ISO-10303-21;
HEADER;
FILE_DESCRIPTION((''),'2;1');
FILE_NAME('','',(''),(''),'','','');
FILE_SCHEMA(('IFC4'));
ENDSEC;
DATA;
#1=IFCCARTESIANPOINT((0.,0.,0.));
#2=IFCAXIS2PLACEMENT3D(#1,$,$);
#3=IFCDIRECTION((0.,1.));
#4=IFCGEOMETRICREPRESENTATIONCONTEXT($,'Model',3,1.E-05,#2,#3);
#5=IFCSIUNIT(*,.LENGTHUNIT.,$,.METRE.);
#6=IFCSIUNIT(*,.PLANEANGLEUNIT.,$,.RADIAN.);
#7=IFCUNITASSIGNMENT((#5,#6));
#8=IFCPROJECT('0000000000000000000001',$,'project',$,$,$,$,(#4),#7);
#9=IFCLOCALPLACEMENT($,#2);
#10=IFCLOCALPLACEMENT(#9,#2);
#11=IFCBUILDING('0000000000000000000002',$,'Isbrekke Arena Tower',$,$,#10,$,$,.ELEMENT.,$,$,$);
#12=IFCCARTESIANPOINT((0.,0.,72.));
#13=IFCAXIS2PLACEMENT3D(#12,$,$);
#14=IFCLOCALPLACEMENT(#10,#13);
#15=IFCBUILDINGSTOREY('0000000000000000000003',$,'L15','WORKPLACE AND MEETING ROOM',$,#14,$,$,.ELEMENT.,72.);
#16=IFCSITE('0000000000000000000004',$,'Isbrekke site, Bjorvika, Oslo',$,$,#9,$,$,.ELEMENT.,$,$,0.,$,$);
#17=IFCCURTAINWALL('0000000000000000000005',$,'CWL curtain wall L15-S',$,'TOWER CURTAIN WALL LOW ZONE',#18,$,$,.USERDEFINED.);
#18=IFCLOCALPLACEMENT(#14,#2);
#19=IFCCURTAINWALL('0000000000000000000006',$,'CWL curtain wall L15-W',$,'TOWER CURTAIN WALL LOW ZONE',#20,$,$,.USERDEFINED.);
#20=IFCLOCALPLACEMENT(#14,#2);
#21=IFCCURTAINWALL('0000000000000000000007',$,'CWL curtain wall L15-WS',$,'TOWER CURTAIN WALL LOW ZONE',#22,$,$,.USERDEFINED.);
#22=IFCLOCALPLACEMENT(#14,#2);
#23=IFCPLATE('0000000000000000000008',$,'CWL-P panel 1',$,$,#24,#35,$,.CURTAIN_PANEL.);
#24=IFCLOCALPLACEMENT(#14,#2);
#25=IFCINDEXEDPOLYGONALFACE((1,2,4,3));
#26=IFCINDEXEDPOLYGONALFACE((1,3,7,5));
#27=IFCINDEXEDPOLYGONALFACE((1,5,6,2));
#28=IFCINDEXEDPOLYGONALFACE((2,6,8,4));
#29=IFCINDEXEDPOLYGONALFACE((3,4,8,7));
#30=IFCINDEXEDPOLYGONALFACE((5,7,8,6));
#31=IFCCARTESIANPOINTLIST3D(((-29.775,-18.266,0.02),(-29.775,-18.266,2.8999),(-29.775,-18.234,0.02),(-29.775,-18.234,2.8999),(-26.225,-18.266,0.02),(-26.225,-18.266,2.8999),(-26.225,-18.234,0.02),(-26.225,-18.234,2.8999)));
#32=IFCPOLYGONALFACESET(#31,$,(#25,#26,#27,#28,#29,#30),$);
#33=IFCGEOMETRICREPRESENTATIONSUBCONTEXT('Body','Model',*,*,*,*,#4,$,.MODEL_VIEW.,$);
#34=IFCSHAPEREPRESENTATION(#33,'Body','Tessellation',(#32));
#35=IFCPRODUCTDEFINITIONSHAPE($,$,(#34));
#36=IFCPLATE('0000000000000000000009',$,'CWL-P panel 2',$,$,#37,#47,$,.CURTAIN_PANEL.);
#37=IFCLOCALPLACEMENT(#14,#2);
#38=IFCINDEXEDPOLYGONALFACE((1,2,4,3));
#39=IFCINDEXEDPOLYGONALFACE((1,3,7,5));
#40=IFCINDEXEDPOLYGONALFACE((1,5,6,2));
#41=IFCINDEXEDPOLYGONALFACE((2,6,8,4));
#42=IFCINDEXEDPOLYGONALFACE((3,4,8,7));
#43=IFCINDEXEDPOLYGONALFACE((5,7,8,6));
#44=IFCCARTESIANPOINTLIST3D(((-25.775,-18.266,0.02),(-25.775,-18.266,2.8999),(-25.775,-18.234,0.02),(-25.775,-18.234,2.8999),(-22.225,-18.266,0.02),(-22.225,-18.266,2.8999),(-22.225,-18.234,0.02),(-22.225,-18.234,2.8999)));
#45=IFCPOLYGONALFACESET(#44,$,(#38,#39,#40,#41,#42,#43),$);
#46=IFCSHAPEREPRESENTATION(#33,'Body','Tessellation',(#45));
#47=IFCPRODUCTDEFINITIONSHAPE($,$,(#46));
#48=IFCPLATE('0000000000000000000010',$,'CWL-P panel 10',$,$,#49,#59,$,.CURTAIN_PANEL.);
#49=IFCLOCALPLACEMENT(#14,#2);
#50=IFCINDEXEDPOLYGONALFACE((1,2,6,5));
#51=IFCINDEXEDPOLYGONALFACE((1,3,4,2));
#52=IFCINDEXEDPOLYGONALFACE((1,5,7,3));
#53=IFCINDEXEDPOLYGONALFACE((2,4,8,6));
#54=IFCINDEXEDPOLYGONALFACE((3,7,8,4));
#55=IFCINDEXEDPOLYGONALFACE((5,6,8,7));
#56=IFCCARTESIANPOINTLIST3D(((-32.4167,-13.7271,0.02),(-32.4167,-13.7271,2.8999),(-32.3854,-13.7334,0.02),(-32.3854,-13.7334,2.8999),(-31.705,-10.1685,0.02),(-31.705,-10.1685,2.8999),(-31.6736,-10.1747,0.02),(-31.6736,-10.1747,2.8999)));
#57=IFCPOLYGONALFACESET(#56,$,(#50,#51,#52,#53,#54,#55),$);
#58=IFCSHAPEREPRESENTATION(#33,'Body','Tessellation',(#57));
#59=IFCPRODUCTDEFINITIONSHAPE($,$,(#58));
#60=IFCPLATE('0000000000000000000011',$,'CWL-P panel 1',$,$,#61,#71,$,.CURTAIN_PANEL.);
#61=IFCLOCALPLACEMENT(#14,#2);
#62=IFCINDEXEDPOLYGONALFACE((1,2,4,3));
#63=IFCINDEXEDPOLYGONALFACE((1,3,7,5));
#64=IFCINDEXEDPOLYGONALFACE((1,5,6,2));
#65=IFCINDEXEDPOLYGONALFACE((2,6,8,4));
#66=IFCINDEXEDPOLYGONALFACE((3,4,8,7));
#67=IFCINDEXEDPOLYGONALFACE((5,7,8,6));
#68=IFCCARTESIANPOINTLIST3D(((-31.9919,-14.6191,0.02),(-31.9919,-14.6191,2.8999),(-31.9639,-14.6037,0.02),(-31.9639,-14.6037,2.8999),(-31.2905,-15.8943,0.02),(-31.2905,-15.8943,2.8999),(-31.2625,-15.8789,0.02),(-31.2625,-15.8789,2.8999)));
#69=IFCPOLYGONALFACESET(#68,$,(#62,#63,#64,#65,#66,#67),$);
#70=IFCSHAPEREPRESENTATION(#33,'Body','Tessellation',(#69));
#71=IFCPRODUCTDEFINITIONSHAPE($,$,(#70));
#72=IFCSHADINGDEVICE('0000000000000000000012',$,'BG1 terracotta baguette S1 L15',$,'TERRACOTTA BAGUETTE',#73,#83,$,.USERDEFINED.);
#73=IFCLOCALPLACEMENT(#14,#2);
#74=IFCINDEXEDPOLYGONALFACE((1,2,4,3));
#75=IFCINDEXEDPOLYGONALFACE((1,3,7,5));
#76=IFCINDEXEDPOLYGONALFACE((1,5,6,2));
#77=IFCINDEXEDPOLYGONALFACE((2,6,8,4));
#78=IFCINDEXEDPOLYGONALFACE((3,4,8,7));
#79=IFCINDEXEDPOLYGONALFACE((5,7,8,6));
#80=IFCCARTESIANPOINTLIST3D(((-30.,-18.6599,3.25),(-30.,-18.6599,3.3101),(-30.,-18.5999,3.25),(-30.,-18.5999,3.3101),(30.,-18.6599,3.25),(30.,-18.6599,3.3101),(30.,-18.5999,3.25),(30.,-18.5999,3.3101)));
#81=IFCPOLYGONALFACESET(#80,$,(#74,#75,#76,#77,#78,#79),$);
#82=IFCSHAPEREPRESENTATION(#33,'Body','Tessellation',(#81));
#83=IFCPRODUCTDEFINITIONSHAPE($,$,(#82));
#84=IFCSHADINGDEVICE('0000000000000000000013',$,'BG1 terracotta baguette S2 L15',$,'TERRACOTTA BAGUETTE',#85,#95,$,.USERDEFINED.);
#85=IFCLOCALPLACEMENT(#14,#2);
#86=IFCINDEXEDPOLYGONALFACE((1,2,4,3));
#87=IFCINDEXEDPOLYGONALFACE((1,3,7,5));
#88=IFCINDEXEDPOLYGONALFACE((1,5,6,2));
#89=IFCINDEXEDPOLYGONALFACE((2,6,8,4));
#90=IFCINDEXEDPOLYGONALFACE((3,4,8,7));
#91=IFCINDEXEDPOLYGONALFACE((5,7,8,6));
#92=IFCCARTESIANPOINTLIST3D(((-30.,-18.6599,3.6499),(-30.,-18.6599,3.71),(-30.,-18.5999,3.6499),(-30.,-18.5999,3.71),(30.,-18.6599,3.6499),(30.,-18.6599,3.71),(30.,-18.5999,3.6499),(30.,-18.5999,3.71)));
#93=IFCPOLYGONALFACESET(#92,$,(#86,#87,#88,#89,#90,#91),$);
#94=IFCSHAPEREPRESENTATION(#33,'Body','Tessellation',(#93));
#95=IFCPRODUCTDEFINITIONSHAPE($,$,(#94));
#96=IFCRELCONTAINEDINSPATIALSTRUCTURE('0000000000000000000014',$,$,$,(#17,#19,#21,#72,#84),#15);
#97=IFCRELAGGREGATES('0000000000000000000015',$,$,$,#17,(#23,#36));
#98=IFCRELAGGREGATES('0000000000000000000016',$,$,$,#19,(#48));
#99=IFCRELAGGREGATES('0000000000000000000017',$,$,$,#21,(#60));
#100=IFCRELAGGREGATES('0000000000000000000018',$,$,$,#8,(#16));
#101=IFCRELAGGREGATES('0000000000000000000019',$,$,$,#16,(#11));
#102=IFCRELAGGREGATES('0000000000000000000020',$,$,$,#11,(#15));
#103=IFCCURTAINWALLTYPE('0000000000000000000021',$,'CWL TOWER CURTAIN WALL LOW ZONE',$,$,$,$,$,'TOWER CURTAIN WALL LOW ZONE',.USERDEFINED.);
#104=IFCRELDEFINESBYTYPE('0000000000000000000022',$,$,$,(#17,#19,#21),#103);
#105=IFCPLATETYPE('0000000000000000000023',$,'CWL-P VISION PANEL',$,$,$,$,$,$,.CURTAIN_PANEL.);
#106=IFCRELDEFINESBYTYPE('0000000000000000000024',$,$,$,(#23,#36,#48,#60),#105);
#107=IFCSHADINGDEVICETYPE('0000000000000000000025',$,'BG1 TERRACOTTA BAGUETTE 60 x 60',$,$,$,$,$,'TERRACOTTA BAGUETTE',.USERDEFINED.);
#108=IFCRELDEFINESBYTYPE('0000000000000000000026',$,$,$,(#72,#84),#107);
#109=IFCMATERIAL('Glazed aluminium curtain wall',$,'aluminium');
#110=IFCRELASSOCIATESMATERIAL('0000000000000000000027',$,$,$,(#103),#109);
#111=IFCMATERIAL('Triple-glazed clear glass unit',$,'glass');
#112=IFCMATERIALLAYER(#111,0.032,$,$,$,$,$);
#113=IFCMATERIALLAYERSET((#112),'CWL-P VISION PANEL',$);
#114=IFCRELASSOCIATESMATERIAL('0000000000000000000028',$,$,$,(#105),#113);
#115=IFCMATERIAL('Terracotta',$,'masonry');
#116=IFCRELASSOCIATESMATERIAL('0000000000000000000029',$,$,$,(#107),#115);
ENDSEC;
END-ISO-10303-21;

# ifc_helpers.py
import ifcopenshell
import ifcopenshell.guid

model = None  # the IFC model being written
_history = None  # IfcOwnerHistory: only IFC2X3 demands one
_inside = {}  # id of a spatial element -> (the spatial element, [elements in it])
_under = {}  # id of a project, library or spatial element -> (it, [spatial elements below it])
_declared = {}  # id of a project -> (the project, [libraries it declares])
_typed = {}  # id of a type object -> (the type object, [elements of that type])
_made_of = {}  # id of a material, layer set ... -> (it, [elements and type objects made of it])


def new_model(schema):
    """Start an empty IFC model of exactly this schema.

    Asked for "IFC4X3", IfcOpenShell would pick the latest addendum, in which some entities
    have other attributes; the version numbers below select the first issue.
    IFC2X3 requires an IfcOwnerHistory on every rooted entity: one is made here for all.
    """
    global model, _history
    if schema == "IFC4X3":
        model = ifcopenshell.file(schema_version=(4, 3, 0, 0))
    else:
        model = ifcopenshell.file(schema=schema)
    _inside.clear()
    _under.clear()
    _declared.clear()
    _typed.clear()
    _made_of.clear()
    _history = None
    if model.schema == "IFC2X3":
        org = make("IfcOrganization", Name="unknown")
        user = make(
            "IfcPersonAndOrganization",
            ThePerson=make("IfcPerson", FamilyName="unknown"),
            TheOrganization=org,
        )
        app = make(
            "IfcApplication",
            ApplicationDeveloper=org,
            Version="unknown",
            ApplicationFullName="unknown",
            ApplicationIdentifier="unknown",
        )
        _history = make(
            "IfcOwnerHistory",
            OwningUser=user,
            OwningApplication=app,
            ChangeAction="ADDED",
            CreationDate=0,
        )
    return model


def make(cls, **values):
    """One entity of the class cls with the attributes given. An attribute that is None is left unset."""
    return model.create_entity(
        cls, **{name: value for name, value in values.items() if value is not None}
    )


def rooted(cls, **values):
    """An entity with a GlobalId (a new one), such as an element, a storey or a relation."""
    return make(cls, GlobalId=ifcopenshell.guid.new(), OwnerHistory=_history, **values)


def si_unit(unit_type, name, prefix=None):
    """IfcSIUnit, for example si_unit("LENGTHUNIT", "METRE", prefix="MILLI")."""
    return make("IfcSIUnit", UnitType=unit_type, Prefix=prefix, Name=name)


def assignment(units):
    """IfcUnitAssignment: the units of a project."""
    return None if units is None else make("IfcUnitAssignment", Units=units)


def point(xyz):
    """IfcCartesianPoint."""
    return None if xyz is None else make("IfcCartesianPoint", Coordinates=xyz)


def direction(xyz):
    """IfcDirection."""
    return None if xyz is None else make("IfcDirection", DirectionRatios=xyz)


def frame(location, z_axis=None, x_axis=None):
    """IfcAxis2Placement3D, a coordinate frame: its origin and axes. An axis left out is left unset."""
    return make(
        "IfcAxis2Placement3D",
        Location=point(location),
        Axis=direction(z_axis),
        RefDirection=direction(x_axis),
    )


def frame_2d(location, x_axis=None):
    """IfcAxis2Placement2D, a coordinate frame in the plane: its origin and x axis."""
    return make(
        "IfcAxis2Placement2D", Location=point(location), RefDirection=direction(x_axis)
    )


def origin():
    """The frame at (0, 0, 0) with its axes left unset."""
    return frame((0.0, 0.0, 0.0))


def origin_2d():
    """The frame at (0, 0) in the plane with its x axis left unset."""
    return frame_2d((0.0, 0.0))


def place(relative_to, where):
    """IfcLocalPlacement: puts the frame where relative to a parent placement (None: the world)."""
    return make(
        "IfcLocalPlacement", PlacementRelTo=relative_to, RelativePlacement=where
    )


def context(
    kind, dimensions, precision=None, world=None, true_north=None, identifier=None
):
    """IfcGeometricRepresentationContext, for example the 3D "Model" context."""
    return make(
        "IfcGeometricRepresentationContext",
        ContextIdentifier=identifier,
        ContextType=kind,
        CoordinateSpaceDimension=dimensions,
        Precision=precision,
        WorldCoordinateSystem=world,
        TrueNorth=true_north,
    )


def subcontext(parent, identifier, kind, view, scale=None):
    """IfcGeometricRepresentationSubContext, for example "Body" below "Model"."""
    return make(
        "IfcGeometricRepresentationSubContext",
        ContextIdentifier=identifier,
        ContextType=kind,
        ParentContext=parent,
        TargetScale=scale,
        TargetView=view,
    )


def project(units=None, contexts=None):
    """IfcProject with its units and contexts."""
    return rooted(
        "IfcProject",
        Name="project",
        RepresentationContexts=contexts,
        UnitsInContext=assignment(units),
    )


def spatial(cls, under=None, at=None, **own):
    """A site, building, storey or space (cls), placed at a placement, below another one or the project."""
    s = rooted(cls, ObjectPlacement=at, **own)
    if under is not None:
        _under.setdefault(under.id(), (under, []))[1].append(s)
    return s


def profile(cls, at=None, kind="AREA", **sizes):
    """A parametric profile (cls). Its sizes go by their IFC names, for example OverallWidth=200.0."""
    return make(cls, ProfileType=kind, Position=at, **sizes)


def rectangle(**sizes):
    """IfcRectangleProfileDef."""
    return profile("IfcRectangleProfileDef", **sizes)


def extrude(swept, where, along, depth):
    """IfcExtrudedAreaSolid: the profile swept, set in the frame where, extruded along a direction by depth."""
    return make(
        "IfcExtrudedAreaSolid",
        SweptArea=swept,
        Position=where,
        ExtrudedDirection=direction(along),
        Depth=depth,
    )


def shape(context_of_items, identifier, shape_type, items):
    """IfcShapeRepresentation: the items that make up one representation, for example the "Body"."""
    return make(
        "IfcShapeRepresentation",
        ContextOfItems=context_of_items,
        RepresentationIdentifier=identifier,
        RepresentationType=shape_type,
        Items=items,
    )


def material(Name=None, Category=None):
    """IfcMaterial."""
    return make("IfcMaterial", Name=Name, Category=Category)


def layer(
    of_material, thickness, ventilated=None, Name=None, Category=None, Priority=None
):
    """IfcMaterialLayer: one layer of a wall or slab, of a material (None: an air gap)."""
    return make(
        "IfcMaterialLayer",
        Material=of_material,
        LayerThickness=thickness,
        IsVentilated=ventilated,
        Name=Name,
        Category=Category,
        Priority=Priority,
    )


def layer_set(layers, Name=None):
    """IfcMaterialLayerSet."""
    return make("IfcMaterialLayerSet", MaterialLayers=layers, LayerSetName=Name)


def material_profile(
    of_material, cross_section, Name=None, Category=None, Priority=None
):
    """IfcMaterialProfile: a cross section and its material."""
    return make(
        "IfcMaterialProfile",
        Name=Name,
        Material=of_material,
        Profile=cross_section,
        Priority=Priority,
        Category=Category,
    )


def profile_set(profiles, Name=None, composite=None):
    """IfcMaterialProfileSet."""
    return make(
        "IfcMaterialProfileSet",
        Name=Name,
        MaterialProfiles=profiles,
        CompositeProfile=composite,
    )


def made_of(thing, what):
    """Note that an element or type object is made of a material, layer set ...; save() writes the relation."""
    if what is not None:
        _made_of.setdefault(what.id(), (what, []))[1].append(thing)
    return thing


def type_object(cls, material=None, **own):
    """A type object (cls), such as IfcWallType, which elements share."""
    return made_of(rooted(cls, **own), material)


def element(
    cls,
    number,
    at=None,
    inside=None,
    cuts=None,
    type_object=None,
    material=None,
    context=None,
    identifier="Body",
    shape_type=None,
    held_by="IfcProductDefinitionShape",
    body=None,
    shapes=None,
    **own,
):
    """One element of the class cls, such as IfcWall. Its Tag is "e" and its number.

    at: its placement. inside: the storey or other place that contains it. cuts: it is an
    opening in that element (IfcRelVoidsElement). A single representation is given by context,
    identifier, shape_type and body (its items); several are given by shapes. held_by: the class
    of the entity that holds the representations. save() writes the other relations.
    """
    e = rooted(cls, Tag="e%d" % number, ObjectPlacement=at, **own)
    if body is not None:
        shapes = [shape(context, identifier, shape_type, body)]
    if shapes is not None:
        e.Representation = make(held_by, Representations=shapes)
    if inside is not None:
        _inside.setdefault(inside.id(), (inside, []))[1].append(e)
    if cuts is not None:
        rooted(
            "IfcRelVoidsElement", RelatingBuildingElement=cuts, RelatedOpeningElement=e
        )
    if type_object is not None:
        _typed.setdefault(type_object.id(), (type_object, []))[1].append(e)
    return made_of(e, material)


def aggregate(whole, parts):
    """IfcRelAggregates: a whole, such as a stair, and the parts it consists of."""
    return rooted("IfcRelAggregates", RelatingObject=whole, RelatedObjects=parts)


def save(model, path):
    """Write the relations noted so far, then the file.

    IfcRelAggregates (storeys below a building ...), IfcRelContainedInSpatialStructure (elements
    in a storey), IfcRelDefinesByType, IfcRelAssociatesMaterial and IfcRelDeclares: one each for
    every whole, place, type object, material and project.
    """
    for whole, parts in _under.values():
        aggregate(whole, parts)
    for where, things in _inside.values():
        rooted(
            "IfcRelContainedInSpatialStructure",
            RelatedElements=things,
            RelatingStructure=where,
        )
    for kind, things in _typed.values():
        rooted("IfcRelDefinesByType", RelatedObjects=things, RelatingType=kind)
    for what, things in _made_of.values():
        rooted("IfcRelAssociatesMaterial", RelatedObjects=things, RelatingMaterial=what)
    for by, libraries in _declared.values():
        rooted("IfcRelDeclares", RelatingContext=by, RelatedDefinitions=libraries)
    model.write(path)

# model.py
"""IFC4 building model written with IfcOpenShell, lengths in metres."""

from ifc_helpers import new_model, si_unit, direction, frame, origin, origin_2d, place, context, subcontext, project, spatial, rectangle, extrude, material, layer, layer_set, material_profile, profile_set, type_object, element, aggregate, save


model = new_model("IFC4")

# Units and contexts
model_context = context("Model", 3, precision=1e-05, world=origin(), true_north=direction((0.0, 1.0)))
body_context = subcontext(model_context, "Body", "Model", "MODEL_VIEW")
ifc_project = project(units=[si_unit("LENGTHUNIT", "METRE"), si_unit("PLANEANGLEUNIT", "RADIAN")], contexts=[model_context])

# Site, building, storey
site_placement = place(None, origin())
site = spatial("IfcSite", under=ifc_project, at=site_placement, Name="Isbrekke site, Bjorvika, Oslo", CompositionType="ELEMENT", RefElevation=0.0)
building_placement = place(site_placement, origin())
building = spatial("IfcBuilding", under=site, at=building_placement, Name="Isbrekke Arena Tower", CompositionType="ELEMENT")
storey_placement = place(building_placement, frame((0.0, 0.0, 72.0)))
storey = spatial("IfcBuildingStorey", under=building, at=storey_placement, Name="L15", Description="WORKPLACE AND MEETING ROOM", CompositionType="ELEMENT", Elevation=72.0)

# Curtain wall
ifc_material_1 = material(Name="Glazed aluminium curtain wall", Category="aluminium")
curtain_wall_type = type_object("IfcCurtainWallType", Name="CWL TOWER CURTAIN WALL LOW ZONE", ElementType="TOWER CURTAIN WALL LOW ZONE", PredefinedType="USERDEFINED", material=ifc_material_1)
curtain_wall_1_placement = place(storey_placement, origin())
curtain_wall_1 = element("IfcCurtainWall", 1, at=curtain_wall_1_placement, inside=storey, type_object=curtain_wall_type, Name="CWL curtain wall L15-S", ObjectType="TOWER CURTAIN WALL LOW ZONE", PredefinedType="USERDEFINED")

# Curtain wall
curtain_wall_2_placement = place(storey_placement, origin())
curtain_wall_2 = element("IfcCurtainWall", 2, at=curtain_wall_2_placement, inside=storey, type_object=curtain_wall_type, Name="CWL curtain wall L15-W", ObjectType="TOWER CURTAIN WALL LOW ZONE", PredefinedType="USERDEFINED")

# Curtain wall
curtain_wall_3_placement = place(storey_placement, origin())
curtain_wall_3 = element("IfcCurtainWall", 3, at=curtain_wall_3_placement, inside=storey, type_object=curtain_wall_type, Name="CWL curtain wall L15-WS", ObjectType="TOWER CURTAIN WALL LOW ZONE", PredefinedType="USERDEFINED")

# Plates
ifc_material_2 = material(Name="Triple-glazed clear glass unit", Category="glass")
ifc_layer = layer(ifc_material_2, 0.032)
ifc_layer_set = layer_set([ifc_layer], Name="CWL-P VISION PANEL")
plate_type = type_object("IfcPlateType", Name="CWL-P VISION PANEL", PredefinedType="CURTAIN_PANEL", material=ifc_layer_set)
plate_1_placement = place(storey_placement, frame((-28.0, -18.25, 0.02), z_axis=(0.0, 0.0, 1.0), x_axis=(1.0, 0.0, 0.0)))
plate_1 = element("IfcPlate", 4, at=plate_1_placement, type_object=plate_type, Name="CWL-P panel 1", PredefinedType="CURTAIN_PANEL", context=body_context, shape_type="SweptSolid", body=[
    extrude(rectangle(XDim=3.55, YDim=0.032, at=origin_2d()), origin(), (0.0, 0.0, 1.0), 2.8799),
])
plate_2_placement = place(storey_placement, frame((-24.0, -18.25, 0.02), z_axis=(0.0, 0.0, 1.0), x_axis=(1.0, 0.0, 0.0)))
plate_2 = element("IfcPlate", 5, at=plate_2_placement, type_object=plate_type, Name="CWL-P panel 2", PredefinedType="CURTAIN_PANEL", context=body_context, shape_type="SweptSolid", body=[
    extrude(rectangle(XDim=3.55, YDim=0.032, at=origin_2d()), origin(), (0.0, 0.0, 1.0), 2.8799),
])
aggregate(curtain_wall_1, [plate_1, plate_2])
plate_3_placement = place(storey_placement, frame((-32.0452, -11.9509, 0.02), z_axis=(0.0, 0.0, 1.0), x_axis=(-0.196116, -0.980581, 0.0)))
plate_3 = element("IfcPlate", 6, at=plate_3_placement, type_object=plate_type, Name="CWL-P panel 10", PredefinedType="CURTAIN_PANEL", context=body_context, shape_type="SweptSolid", body=[
    extrude(rectangle(XDim=3.6292, YDim=0.032, at=origin_2d()), origin(), (0.0, 0.0, 1.0), 2.8799),
])
aggregate(curtain_wall_2, [plate_3])
plate_4_placement = place(storey_placement, frame((-31.6272, -15.249, 0.02), z_axis=(0.0, 0.0, 1.0), x_axis=(0.481919, -0.876216, 0.0)))
plate_4 = element("IfcPlate", 7, at=plate_4_placement, type_object=plate_type, Name="CWL-P panel 1", PredefinedType="CURTAIN_PANEL", context=body_context, shape_type="SweptSolid", body=[
    extrude(rectangle(XDim=1.4553, YDim=0.032, at=origin_2d()), origin(), (0.0, 0.0, 1.0), 2.8799),
])
aggregate(curtain_wall_3, [plate_4])

# Shading devices
ifc_material_3 = material(Name="Terracotta", Category="masonry")
ifc_material_profile_1 = material_profile(ifc_material_3, rectangle(XDim=0.0601, YDim=0.0601, at=origin_2d()), Name="BAGUETTE 60X60")
ifc_profile_set_1 = profile_set([ifc_material_profile_1], Name="Terracotta")
shading_device_type = type_object("IfcShadingDeviceType", Name="BG1 TERRACOTTA BAGUETTE 60 x 60", ElementType="TERRACOTTA BAGUETTE", PredefinedType="USERDEFINED", material=ifc_profile_set_1)
for number, where, z_axis, x_axis, name in (
    (8, (-30.0, -18.6299, 3.28), (1.0, 0.0, 0.0), (0.0, 1.0, 0.0), "BG1 terracotta baguette S1 L15"),
    (9, (-30.0, -18.6299, 3.6799), (1.0, 0.0, 0.0), (0.0, 1.0, 0.0), "BG1 terracotta baguette S2 L15"),
):
    element("IfcShadingDevice", number, at=place(storey_placement, frame(where, z_axis=z_axis, x_axis=x_axis)), inside=storey, type_object=shading_device_type, Name=name, ObjectType="TERRACOTTA BAGUETTE", PredefinedType="USERDEFINED", context=body_context, shape_type="SweptSolid", body=[
        extrude(rectangle(XDim=0.0601, YDim=0.0601, at=origin_2d()), origin(), (0.0, 0.0, 1.0), 60.0),
    ])

save(model, "model.ifc")
